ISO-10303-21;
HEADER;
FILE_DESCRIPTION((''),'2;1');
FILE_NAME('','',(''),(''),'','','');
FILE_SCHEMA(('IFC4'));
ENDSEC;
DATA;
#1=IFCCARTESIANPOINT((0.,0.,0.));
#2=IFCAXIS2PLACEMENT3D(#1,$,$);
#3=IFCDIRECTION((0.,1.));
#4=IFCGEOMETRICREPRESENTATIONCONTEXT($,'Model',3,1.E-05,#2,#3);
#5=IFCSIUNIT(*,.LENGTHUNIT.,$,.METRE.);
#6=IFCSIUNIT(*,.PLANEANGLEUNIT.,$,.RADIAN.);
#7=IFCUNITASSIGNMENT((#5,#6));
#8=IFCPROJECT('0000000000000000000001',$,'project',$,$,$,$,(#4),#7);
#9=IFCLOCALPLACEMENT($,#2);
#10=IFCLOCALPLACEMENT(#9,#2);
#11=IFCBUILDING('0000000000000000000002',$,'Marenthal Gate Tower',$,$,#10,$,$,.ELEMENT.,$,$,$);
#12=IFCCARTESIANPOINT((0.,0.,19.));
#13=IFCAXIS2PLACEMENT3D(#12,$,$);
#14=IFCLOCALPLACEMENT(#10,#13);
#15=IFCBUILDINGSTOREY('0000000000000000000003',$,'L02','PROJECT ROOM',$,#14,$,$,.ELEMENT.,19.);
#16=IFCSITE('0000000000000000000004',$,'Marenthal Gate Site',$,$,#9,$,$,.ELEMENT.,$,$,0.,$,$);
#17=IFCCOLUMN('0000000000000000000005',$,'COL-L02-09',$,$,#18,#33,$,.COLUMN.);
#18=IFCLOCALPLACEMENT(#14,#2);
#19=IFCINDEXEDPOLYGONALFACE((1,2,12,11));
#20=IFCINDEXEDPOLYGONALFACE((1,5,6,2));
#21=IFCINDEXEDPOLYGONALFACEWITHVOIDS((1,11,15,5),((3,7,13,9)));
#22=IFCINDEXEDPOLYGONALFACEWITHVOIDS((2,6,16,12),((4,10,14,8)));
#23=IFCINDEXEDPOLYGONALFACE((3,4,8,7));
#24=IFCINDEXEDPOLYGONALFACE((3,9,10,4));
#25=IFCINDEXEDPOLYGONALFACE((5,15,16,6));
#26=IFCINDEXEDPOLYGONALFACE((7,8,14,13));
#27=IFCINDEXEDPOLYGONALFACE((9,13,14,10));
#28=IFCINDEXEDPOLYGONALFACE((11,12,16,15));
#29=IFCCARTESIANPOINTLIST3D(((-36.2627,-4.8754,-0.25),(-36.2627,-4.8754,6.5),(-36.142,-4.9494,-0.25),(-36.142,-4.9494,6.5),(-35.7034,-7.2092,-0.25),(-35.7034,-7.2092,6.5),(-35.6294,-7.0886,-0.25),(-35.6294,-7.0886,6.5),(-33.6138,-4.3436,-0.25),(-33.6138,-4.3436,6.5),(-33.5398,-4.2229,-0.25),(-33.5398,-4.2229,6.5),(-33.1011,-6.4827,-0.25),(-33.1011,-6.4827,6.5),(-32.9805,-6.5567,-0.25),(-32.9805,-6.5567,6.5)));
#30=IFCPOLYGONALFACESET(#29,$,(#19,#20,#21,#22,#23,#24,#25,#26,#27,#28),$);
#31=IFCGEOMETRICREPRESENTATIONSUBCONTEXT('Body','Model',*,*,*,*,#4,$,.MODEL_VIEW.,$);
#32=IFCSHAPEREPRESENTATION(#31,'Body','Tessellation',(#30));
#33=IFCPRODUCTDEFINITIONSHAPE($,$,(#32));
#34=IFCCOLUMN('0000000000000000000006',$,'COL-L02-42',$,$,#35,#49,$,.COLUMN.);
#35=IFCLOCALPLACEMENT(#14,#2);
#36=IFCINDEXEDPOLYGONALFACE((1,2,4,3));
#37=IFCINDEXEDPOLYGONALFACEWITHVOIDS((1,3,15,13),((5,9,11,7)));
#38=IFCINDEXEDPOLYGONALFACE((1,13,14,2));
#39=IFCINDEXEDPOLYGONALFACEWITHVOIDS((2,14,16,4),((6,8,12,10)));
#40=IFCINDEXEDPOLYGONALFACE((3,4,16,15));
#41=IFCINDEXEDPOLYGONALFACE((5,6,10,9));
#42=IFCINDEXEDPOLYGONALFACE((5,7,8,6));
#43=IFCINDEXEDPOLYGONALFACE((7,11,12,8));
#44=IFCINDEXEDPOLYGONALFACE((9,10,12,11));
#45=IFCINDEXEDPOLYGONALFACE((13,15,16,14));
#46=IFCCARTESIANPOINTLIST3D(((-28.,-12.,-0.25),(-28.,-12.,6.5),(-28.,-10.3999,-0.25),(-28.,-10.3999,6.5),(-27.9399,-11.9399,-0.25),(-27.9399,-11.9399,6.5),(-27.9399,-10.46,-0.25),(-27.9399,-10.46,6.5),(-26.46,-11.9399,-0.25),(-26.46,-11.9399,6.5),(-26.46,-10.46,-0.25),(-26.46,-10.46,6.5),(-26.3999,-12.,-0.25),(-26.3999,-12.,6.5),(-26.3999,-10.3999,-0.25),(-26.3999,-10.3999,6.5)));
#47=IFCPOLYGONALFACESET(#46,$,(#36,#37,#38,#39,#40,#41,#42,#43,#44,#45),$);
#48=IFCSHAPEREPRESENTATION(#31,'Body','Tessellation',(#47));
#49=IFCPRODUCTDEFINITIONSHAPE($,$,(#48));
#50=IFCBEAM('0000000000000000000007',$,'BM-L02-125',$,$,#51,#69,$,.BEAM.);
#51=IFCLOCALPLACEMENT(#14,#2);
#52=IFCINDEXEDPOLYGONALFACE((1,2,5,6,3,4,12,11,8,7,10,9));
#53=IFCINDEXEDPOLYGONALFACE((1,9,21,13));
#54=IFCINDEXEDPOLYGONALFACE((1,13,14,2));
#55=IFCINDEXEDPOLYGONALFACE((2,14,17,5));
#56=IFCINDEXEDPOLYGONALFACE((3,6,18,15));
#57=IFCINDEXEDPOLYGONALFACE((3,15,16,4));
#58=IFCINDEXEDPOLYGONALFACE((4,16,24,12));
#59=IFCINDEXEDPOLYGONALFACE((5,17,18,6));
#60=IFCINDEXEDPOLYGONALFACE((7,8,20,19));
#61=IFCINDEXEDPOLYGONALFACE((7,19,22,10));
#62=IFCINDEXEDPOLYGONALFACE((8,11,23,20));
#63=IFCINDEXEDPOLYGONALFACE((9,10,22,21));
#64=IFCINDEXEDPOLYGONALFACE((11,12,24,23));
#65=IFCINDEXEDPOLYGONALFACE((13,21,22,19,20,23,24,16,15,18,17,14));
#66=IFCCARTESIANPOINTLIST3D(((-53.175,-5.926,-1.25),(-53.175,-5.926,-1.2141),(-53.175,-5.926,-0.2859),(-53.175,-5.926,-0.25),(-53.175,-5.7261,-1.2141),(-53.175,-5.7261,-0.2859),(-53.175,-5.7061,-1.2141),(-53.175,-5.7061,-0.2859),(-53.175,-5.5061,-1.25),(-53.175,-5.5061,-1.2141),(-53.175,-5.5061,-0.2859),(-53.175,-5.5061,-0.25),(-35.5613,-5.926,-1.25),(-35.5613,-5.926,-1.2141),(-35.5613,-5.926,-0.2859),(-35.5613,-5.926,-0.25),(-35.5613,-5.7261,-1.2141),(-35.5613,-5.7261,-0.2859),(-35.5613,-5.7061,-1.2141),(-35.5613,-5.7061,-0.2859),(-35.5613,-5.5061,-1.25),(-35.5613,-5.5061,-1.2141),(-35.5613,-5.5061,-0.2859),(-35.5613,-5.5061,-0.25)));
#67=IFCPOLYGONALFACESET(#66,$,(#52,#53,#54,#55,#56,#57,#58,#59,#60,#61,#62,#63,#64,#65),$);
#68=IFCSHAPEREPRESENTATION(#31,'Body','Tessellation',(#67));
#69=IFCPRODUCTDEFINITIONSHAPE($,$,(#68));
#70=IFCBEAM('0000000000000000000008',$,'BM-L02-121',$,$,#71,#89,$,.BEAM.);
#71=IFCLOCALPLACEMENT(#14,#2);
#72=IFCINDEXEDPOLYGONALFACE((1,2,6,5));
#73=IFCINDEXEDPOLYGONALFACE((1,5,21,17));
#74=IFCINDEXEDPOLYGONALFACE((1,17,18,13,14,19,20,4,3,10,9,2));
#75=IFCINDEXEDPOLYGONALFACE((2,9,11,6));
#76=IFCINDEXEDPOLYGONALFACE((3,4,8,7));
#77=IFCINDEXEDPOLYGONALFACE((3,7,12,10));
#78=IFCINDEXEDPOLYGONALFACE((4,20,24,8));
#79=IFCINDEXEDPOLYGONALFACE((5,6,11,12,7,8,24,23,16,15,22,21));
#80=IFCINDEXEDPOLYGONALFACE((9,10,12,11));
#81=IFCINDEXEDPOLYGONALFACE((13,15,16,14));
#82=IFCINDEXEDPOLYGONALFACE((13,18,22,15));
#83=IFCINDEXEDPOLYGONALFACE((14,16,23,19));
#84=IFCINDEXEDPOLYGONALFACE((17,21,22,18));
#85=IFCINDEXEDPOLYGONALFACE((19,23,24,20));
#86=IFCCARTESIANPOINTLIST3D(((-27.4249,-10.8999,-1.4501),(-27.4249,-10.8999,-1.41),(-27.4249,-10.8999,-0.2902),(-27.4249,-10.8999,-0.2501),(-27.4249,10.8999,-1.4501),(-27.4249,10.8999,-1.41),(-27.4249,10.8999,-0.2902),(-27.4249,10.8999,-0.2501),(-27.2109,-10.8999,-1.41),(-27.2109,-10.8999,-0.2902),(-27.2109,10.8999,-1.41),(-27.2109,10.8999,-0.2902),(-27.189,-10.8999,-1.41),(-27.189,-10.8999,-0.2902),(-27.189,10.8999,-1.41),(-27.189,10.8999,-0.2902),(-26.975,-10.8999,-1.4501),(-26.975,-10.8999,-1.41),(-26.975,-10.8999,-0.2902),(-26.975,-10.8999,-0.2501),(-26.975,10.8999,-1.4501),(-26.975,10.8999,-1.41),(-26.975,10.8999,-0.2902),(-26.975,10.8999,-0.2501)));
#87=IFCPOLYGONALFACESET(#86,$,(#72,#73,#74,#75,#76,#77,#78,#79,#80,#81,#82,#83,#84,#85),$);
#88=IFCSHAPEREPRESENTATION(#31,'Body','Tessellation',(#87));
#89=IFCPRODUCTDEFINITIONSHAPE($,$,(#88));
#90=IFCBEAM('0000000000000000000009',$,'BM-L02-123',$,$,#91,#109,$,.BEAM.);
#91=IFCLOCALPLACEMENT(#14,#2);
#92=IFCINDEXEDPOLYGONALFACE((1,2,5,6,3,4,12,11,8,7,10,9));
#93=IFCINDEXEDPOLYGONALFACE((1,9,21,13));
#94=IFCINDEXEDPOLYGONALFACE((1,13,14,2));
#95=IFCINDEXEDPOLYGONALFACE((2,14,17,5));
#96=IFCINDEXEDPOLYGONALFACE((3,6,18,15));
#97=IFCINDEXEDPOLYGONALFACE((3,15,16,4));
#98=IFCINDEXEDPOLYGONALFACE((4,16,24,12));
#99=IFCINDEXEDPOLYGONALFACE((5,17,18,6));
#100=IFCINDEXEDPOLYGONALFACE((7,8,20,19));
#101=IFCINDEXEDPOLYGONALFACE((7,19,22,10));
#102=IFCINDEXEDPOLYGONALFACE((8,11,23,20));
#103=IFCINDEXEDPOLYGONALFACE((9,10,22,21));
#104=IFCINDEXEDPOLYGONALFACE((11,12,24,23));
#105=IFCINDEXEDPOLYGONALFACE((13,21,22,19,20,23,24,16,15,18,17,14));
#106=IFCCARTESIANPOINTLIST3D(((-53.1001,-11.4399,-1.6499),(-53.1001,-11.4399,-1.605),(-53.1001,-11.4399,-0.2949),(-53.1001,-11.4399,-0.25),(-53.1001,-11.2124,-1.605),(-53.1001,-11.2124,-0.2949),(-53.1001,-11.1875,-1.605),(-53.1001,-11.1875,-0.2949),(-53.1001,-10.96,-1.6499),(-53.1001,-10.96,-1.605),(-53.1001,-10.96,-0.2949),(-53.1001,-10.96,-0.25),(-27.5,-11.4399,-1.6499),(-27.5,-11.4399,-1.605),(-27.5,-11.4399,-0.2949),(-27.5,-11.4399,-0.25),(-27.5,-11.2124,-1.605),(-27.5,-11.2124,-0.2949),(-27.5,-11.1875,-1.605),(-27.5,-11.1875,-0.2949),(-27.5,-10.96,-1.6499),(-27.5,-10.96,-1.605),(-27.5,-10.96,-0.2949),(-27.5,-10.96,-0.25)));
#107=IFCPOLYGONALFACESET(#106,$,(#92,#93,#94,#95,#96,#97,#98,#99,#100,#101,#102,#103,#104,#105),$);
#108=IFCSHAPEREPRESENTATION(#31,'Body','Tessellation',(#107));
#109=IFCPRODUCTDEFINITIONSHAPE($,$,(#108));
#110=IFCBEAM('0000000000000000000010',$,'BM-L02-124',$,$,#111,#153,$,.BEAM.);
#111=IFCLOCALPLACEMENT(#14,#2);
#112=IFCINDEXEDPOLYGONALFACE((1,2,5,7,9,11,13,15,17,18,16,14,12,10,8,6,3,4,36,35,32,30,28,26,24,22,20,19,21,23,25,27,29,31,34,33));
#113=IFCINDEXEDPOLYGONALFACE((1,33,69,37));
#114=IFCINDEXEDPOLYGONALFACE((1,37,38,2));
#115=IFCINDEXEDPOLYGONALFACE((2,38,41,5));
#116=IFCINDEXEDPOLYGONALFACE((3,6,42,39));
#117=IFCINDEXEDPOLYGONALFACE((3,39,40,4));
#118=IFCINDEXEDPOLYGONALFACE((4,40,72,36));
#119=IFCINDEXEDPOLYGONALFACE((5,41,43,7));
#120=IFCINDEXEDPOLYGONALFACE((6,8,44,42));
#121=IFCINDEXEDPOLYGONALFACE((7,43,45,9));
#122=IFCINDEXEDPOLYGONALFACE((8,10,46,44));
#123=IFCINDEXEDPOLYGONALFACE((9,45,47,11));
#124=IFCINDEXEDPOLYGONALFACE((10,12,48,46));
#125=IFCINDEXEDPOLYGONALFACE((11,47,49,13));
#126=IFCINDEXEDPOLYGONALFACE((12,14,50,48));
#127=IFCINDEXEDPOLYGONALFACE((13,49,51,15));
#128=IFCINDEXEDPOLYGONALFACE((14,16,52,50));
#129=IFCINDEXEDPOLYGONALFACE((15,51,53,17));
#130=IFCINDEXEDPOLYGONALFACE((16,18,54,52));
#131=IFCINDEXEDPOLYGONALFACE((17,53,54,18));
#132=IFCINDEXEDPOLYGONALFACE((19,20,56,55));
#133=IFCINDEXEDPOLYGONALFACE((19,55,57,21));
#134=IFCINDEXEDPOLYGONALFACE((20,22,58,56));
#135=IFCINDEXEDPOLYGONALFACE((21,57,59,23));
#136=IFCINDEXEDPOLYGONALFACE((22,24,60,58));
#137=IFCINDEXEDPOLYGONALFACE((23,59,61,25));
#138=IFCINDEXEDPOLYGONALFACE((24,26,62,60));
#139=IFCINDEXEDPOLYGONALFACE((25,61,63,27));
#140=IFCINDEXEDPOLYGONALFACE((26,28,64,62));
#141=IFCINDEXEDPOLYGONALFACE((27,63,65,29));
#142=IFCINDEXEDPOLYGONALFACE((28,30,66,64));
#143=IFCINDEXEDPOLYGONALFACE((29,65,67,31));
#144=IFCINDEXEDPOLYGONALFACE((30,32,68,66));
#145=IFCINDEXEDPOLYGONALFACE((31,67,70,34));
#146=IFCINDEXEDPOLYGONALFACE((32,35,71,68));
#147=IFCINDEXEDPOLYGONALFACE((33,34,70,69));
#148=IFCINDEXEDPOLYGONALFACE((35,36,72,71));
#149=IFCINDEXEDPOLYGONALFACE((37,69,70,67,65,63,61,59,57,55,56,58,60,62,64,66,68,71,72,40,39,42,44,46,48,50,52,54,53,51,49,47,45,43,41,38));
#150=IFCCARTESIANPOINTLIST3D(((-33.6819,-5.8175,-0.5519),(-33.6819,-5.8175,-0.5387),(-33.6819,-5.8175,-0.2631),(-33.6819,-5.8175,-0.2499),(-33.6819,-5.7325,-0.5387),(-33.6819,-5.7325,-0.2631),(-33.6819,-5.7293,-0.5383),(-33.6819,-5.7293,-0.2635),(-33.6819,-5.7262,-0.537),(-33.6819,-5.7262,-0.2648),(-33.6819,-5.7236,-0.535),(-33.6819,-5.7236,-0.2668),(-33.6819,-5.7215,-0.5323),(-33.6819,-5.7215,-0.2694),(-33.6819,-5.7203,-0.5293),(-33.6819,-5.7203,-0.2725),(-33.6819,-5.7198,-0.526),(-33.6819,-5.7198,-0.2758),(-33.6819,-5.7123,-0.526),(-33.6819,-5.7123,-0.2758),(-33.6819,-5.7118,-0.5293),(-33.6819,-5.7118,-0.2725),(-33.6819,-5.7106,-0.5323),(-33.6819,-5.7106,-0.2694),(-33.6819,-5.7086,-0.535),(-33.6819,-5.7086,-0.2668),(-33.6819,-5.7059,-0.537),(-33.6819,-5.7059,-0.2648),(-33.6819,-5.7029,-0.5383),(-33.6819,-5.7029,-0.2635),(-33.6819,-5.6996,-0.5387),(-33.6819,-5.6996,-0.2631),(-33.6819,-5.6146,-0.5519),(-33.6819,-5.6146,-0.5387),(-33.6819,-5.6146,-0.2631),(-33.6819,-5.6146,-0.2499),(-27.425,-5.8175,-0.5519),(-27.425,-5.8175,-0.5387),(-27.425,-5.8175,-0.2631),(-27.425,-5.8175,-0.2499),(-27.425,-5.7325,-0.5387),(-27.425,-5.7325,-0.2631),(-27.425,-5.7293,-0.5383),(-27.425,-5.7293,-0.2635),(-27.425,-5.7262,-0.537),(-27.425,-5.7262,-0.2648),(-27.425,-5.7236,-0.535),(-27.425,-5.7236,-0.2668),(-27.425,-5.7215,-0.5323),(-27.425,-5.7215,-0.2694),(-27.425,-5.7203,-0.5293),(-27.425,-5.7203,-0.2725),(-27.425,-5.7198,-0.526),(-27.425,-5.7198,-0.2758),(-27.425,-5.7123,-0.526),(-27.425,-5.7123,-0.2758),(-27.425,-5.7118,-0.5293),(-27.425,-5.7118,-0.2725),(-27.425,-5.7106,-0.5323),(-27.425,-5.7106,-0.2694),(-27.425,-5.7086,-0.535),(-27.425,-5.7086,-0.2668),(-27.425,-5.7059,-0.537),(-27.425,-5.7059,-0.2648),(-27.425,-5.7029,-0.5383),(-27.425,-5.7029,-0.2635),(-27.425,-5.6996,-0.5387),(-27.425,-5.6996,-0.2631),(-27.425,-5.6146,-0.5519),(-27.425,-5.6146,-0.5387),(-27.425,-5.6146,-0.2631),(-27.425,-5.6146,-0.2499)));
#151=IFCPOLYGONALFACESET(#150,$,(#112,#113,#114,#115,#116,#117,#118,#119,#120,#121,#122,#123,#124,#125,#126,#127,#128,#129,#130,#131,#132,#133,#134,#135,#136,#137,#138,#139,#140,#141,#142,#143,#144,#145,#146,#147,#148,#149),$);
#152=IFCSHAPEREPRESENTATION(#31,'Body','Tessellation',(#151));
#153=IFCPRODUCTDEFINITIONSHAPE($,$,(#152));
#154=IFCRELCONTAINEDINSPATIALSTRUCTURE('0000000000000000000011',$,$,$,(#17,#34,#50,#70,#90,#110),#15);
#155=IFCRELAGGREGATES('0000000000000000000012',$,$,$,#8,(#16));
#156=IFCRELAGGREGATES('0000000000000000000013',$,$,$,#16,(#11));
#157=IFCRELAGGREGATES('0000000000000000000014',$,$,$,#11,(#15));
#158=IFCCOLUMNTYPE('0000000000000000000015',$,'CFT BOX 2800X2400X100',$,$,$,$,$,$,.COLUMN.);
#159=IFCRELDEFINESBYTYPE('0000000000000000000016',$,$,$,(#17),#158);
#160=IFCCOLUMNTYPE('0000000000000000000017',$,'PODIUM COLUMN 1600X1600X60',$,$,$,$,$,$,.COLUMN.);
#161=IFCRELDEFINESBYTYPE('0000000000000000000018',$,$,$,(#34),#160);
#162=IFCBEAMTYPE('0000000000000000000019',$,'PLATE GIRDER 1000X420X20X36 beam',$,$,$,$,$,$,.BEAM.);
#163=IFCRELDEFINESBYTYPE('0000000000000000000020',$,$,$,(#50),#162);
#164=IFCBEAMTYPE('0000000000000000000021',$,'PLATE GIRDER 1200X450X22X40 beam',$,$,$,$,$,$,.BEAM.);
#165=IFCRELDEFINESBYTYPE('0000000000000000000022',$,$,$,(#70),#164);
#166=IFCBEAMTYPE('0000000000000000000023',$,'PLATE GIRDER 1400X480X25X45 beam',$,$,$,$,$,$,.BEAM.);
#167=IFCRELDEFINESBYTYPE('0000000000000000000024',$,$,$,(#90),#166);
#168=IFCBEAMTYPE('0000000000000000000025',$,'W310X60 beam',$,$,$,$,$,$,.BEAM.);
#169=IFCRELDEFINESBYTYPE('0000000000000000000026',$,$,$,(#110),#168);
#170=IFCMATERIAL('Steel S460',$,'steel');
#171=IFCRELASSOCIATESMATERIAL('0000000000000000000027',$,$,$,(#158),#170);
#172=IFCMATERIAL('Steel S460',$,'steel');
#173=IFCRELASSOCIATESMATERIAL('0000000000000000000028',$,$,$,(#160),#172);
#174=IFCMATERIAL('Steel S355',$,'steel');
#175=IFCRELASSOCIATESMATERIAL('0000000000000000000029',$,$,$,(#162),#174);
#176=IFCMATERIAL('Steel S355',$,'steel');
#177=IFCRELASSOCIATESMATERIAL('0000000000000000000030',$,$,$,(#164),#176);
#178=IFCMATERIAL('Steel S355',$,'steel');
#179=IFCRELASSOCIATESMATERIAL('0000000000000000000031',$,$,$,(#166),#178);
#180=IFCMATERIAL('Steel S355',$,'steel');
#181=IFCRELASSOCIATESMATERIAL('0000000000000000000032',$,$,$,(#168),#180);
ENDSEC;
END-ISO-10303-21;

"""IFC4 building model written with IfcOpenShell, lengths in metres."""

from ifc_helpers import new_model, si_unit, direction, frame, origin, origin_2d, place, context, subcontext, project, spatial, rectangle, hollow_rectangle, i_section, extrude, material, material_profile, profile_set, type_object, element, save


model = new_model("IFC4")

# Units and contexts
model_context = context("Model", 3, precision=1e-05, world=origin(), true_north=direction((0.0, 1.0)))
body_context = subcontext(model_context, "Body", "Model", "MODEL_VIEW")
ifc_project = project(units=[si_unit("LENGTHUNIT", "METRE"), si_unit("PLANEANGLEUNIT", "RADIAN")], contexts=[model_context])

# Site, building, storey
site_placement = place(None, origin())
site = spatial("IfcSite", under=ifc_project, at=site_placement, Name="Marenthal Gate Site", CompositionType="ELEMENT", RefElevation=0.0)
building_placement = place(site_placement, origin())
building = spatial("IfcBuilding", under=site, at=building_placement, Name="Marenthal Gate Tower", CompositionType="ELEMENT")
storey_placement = place(building_placement, frame((0.0, 0.0, 19.0)))
storey = spatial("IfcBuildingStorey", under=building, at=storey_placement, Name="L02", Description="PROJECT ROOM", CompositionType="ELEMENT", Elevation=19.0)

# Columns
ifc_material_1 = material(Name="Steel S460", Category="steel")
ifc_material_profile_1 = material_profile(ifc_material_1, hollow_rectangle(XDim=2.3999, YDim=2.8, WallThickness=0.1001, at=origin_2d()), Name="CFT BOX 2800X2400X100")
ifc_material_2 = material(Name="Concrete 70 MPa", Category="concrete")
ifc_material_profile_2 = material_profile(ifc_material_2, rectangle(XDim=2.2, YDim=2.6001, at=origin_2d()), Name="CFT BOX 2800X2400X100 INFILL")
ifc_profile_set_1 = profile_set([ifc_material_profile_1, ifc_material_profile_2], Name="Steel S460 shell, Concrete 70 MPa infill")
column_type_1 = type_object("IfcColumnType", Name="CFT BOX 2800X2400X100", PredefinedType="COLUMN", material=ifc_profile_set_1)
column_1_placement = place(storey_placement, frame((-34.6216, -5.7161, -0.25), z_axis=(0.0, 0.0, 1.0), x_axis=(-0.233047, 0.972466, 0.0)))
element("IfcColumn", 1, at=column_1_placement, inside=storey, type_object=column_type_1, Name="COL-L02-09", PredefinedType="COLUMN", context=body_context, shape_type="SweptSolid", body=[
    extrude(hollow_rectangle(XDim=2.3999, YDim=2.8, WallThickness=0.1001, at=origin_2d()), origin(), (0.0, 0.0, 1.0), 6.75),
])
ifc_material_3 = material(Name="Steel S460", Category="steel")
ifc_material_profile_3 = material_profile(ifc_material_3, hollow_rectangle(XDim=1.6001, YDim=1.6001, WallThickness=0.0601, at=origin_2d()), Name="CFT BOX 1600X1600X60")
ifc_material_4 = material(Name="Concrete 70 MPa", Category="concrete")
ifc_material_profile_4 = material_profile(ifc_material_4, rectangle(XDim=1.48, YDim=1.48, at=origin_2d()), Name="CFT BOX 1600X1600X60 INFILL")
ifc_profile_set_2 = profile_set([ifc_material_profile_3, ifc_material_profile_4], Name="Steel S460 shell, Concrete 70 MPa infill")
column_type_2 = type_object("IfcColumnType", Name="PODIUM COLUMN 1600X1600X60", PredefinedType="COLUMN", material=ifc_profile_set_2)
column_2_placement = place(storey_placement, frame((-27.2, -11.2, -0.25), z_axis=(0.0, 0.0, 1.0), x_axis=(1.0, 0.0, 0.0)))
element("IfcColumn", 2, at=column_2_placement, inside=storey, type_object=column_type_2, Name="COL-L02-42", PredefinedType="COLUMN", context=body_context, shape_type="SweptSolid", body=[
    extrude(hollow_rectangle(XDim=1.6001, YDim=1.6001, WallThickness=0.0601, at=origin_2d()), origin(), (0.0, 0.0, 1.0), 6.75),
])

# Beams
ifc_material_5 = material(Name="Steel S355", Category="steel")
ifc_material_profile_5 = material_profile(ifc_material_5, i_section(OverallWidth=0.4199, OverallDepth=1.0, WebThickness=0.02, FlangeThickness=0.0359, at=origin_2d()), Name="PLATE GIRDER 1000X420X20X36")
ifc_profile_set_3 = profile_set([ifc_material_profile_5], Name="Steel S355")
beam_type_1 = type_object("IfcBeamType", Name="PLATE GIRDER 1000X420X20X36 beam", PredefinedType="BEAM", material=ifc_profile_set_3)
beam_1_placement = place(storey_placement, frame((-35.5613, -5.7161, -0.75), z_axis=(-1.0, 0.0, 0.0), x_axis=(0.0, -1.0, 0.0)))
element("IfcBeam", 3, at=beam_1_placement, inside=storey, type_object=beam_type_1, Name="BM-L02-125", PredefinedType="BEAM", context=body_context, shape_type="SweptSolid", body=[
    extrude(i_section(OverallWidth=0.4199, OverallDepth=1.0, WebThickness=0.02, FlangeThickness=0.0359, at=origin_2d()), origin(), (0.0, 0.0, 1.0), 17.6138),
])
ifc_material_6 = material(Name="Steel S355", Category="steel")
ifc_material_profile_6 = material_profile(ifc_material_6, i_section(OverallWidth=0.45, OverallDepth=1.2, WebThickness=0.022, FlangeThickness=0.04, at=origin_2d()), Name="PLATE GIRDER 1200X450X22X40")
ifc_profile_set_4 = profile_set([ifc_material_profile_6], Name="Steel S355")
beam_type_2 = type_object("IfcBeamType", Name="PLATE GIRDER 1200X450X22X40 beam", PredefinedType="BEAM", material=ifc_profile_set_4)
beam_2_placement = place(storey_placement, frame((-27.2, -10.8999, -0.8501), z_axis=(0.0, 1.0, 0.0), x_axis=(-1.0, 0.0, 0.0)))
element("IfcBeam", 4, at=beam_2_placement, inside=storey, type_object=beam_type_2, Name="BM-L02-121", PredefinedType="BEAM", context=body_context, shape_type="SweptSolid", body=[
    extrude(i_section(OverallWidth=0.45, OverallDepth=1.2, WebThickness=0.022, FlangeThickness=0.04, at=origin_2d()), origin(), (0.0, 0.0, 1.0), 21.7998),
])
ifc_material_7 = material(Name="Steel S355", Category="steel")
ifc_material_profile_7 = material_profile(ifc_material_7, i_section(OverallWidth=0.48, OverallDepth=1.3999, WebThickness=0.0249, FlangeThickness=0.0449, at=origin_2d()), Name="PLATE GIRDER 1400X480X25X45")
ifc_profile_set_5 = profile_set([ifc_material_profile_7], Name="Steel S355")
beam_type_3 = type_object("IfcBeamType", Name="PLATE GIRDER 1400X480X25X45 beam", PredefinedType="BEAM", material=ifc_profile_set_5)
beam_3_placement = place(storey_placement, frame((-27.5, -11.2, -0.95), z_axis=(-1.0, 0.0, 0.0), x_axis=(0.0, -1.0, 0.0)))
element("IfcBeam", 5, at=beam_3_placement, inside=storey, type_object=beam_type_3, Name="BM-L02-123", PredefinedType="BEAM", context=body_context, shape_type="SweptSolid", body=[
    extrude(i_section(OverallWidth=0.48, OverallDepth=1.3999, WebThickness=0.0249, FlangeThickness=0.0449, at=origin_2d()), origin(), (0.0, 0.0, 1.0), 25.6001),
])
ifc_material_8 = material(Name="Steel S355", Category="steel")
ifc_material_profile_8 = material_profile(ifc_material_8, i_section(OverallWidth=0.2029, OverallDepth=0.302, WebThickness=0.0076, FlangeThickness=0.0132, FilletRadius=0.0127, at=origin_2d()), Name="W310X60")
ifc_profile_set_6 = profile_set([ifc_material_profile_8], Name="Steel S355")
beam_type_4 = type_object("IfcBeamType", Name="W310X60 beam", PredefinedType="BEAM", material=ifc_profile_set_6)
beam_4_placement = place(storey_placement, frame((-27.425, -5.7161, -0.4009), z_axis=(-1.0, 0.0, 0.0), x_axis=(0.0, -1.0, 0.0)))
element("IfcBeam", 6, at=beam_4_placement, inside=storey, type_object=beam_type_4, Name="BM-L02-124", PredefinedType="BEAM", context=body_context, shape_type="SweptSolid", body=[
    extrude(i_section(OverallWidth=0.2029, OverallDepth=0.302, WebThickness=0.0076, FlangeThickness=0.0132, FilletRadius=0.0127, at=origin_2d()), origin(), (0.0, 0.0, 1.0), 6.2568),
])

save(model, "model.ifc")
